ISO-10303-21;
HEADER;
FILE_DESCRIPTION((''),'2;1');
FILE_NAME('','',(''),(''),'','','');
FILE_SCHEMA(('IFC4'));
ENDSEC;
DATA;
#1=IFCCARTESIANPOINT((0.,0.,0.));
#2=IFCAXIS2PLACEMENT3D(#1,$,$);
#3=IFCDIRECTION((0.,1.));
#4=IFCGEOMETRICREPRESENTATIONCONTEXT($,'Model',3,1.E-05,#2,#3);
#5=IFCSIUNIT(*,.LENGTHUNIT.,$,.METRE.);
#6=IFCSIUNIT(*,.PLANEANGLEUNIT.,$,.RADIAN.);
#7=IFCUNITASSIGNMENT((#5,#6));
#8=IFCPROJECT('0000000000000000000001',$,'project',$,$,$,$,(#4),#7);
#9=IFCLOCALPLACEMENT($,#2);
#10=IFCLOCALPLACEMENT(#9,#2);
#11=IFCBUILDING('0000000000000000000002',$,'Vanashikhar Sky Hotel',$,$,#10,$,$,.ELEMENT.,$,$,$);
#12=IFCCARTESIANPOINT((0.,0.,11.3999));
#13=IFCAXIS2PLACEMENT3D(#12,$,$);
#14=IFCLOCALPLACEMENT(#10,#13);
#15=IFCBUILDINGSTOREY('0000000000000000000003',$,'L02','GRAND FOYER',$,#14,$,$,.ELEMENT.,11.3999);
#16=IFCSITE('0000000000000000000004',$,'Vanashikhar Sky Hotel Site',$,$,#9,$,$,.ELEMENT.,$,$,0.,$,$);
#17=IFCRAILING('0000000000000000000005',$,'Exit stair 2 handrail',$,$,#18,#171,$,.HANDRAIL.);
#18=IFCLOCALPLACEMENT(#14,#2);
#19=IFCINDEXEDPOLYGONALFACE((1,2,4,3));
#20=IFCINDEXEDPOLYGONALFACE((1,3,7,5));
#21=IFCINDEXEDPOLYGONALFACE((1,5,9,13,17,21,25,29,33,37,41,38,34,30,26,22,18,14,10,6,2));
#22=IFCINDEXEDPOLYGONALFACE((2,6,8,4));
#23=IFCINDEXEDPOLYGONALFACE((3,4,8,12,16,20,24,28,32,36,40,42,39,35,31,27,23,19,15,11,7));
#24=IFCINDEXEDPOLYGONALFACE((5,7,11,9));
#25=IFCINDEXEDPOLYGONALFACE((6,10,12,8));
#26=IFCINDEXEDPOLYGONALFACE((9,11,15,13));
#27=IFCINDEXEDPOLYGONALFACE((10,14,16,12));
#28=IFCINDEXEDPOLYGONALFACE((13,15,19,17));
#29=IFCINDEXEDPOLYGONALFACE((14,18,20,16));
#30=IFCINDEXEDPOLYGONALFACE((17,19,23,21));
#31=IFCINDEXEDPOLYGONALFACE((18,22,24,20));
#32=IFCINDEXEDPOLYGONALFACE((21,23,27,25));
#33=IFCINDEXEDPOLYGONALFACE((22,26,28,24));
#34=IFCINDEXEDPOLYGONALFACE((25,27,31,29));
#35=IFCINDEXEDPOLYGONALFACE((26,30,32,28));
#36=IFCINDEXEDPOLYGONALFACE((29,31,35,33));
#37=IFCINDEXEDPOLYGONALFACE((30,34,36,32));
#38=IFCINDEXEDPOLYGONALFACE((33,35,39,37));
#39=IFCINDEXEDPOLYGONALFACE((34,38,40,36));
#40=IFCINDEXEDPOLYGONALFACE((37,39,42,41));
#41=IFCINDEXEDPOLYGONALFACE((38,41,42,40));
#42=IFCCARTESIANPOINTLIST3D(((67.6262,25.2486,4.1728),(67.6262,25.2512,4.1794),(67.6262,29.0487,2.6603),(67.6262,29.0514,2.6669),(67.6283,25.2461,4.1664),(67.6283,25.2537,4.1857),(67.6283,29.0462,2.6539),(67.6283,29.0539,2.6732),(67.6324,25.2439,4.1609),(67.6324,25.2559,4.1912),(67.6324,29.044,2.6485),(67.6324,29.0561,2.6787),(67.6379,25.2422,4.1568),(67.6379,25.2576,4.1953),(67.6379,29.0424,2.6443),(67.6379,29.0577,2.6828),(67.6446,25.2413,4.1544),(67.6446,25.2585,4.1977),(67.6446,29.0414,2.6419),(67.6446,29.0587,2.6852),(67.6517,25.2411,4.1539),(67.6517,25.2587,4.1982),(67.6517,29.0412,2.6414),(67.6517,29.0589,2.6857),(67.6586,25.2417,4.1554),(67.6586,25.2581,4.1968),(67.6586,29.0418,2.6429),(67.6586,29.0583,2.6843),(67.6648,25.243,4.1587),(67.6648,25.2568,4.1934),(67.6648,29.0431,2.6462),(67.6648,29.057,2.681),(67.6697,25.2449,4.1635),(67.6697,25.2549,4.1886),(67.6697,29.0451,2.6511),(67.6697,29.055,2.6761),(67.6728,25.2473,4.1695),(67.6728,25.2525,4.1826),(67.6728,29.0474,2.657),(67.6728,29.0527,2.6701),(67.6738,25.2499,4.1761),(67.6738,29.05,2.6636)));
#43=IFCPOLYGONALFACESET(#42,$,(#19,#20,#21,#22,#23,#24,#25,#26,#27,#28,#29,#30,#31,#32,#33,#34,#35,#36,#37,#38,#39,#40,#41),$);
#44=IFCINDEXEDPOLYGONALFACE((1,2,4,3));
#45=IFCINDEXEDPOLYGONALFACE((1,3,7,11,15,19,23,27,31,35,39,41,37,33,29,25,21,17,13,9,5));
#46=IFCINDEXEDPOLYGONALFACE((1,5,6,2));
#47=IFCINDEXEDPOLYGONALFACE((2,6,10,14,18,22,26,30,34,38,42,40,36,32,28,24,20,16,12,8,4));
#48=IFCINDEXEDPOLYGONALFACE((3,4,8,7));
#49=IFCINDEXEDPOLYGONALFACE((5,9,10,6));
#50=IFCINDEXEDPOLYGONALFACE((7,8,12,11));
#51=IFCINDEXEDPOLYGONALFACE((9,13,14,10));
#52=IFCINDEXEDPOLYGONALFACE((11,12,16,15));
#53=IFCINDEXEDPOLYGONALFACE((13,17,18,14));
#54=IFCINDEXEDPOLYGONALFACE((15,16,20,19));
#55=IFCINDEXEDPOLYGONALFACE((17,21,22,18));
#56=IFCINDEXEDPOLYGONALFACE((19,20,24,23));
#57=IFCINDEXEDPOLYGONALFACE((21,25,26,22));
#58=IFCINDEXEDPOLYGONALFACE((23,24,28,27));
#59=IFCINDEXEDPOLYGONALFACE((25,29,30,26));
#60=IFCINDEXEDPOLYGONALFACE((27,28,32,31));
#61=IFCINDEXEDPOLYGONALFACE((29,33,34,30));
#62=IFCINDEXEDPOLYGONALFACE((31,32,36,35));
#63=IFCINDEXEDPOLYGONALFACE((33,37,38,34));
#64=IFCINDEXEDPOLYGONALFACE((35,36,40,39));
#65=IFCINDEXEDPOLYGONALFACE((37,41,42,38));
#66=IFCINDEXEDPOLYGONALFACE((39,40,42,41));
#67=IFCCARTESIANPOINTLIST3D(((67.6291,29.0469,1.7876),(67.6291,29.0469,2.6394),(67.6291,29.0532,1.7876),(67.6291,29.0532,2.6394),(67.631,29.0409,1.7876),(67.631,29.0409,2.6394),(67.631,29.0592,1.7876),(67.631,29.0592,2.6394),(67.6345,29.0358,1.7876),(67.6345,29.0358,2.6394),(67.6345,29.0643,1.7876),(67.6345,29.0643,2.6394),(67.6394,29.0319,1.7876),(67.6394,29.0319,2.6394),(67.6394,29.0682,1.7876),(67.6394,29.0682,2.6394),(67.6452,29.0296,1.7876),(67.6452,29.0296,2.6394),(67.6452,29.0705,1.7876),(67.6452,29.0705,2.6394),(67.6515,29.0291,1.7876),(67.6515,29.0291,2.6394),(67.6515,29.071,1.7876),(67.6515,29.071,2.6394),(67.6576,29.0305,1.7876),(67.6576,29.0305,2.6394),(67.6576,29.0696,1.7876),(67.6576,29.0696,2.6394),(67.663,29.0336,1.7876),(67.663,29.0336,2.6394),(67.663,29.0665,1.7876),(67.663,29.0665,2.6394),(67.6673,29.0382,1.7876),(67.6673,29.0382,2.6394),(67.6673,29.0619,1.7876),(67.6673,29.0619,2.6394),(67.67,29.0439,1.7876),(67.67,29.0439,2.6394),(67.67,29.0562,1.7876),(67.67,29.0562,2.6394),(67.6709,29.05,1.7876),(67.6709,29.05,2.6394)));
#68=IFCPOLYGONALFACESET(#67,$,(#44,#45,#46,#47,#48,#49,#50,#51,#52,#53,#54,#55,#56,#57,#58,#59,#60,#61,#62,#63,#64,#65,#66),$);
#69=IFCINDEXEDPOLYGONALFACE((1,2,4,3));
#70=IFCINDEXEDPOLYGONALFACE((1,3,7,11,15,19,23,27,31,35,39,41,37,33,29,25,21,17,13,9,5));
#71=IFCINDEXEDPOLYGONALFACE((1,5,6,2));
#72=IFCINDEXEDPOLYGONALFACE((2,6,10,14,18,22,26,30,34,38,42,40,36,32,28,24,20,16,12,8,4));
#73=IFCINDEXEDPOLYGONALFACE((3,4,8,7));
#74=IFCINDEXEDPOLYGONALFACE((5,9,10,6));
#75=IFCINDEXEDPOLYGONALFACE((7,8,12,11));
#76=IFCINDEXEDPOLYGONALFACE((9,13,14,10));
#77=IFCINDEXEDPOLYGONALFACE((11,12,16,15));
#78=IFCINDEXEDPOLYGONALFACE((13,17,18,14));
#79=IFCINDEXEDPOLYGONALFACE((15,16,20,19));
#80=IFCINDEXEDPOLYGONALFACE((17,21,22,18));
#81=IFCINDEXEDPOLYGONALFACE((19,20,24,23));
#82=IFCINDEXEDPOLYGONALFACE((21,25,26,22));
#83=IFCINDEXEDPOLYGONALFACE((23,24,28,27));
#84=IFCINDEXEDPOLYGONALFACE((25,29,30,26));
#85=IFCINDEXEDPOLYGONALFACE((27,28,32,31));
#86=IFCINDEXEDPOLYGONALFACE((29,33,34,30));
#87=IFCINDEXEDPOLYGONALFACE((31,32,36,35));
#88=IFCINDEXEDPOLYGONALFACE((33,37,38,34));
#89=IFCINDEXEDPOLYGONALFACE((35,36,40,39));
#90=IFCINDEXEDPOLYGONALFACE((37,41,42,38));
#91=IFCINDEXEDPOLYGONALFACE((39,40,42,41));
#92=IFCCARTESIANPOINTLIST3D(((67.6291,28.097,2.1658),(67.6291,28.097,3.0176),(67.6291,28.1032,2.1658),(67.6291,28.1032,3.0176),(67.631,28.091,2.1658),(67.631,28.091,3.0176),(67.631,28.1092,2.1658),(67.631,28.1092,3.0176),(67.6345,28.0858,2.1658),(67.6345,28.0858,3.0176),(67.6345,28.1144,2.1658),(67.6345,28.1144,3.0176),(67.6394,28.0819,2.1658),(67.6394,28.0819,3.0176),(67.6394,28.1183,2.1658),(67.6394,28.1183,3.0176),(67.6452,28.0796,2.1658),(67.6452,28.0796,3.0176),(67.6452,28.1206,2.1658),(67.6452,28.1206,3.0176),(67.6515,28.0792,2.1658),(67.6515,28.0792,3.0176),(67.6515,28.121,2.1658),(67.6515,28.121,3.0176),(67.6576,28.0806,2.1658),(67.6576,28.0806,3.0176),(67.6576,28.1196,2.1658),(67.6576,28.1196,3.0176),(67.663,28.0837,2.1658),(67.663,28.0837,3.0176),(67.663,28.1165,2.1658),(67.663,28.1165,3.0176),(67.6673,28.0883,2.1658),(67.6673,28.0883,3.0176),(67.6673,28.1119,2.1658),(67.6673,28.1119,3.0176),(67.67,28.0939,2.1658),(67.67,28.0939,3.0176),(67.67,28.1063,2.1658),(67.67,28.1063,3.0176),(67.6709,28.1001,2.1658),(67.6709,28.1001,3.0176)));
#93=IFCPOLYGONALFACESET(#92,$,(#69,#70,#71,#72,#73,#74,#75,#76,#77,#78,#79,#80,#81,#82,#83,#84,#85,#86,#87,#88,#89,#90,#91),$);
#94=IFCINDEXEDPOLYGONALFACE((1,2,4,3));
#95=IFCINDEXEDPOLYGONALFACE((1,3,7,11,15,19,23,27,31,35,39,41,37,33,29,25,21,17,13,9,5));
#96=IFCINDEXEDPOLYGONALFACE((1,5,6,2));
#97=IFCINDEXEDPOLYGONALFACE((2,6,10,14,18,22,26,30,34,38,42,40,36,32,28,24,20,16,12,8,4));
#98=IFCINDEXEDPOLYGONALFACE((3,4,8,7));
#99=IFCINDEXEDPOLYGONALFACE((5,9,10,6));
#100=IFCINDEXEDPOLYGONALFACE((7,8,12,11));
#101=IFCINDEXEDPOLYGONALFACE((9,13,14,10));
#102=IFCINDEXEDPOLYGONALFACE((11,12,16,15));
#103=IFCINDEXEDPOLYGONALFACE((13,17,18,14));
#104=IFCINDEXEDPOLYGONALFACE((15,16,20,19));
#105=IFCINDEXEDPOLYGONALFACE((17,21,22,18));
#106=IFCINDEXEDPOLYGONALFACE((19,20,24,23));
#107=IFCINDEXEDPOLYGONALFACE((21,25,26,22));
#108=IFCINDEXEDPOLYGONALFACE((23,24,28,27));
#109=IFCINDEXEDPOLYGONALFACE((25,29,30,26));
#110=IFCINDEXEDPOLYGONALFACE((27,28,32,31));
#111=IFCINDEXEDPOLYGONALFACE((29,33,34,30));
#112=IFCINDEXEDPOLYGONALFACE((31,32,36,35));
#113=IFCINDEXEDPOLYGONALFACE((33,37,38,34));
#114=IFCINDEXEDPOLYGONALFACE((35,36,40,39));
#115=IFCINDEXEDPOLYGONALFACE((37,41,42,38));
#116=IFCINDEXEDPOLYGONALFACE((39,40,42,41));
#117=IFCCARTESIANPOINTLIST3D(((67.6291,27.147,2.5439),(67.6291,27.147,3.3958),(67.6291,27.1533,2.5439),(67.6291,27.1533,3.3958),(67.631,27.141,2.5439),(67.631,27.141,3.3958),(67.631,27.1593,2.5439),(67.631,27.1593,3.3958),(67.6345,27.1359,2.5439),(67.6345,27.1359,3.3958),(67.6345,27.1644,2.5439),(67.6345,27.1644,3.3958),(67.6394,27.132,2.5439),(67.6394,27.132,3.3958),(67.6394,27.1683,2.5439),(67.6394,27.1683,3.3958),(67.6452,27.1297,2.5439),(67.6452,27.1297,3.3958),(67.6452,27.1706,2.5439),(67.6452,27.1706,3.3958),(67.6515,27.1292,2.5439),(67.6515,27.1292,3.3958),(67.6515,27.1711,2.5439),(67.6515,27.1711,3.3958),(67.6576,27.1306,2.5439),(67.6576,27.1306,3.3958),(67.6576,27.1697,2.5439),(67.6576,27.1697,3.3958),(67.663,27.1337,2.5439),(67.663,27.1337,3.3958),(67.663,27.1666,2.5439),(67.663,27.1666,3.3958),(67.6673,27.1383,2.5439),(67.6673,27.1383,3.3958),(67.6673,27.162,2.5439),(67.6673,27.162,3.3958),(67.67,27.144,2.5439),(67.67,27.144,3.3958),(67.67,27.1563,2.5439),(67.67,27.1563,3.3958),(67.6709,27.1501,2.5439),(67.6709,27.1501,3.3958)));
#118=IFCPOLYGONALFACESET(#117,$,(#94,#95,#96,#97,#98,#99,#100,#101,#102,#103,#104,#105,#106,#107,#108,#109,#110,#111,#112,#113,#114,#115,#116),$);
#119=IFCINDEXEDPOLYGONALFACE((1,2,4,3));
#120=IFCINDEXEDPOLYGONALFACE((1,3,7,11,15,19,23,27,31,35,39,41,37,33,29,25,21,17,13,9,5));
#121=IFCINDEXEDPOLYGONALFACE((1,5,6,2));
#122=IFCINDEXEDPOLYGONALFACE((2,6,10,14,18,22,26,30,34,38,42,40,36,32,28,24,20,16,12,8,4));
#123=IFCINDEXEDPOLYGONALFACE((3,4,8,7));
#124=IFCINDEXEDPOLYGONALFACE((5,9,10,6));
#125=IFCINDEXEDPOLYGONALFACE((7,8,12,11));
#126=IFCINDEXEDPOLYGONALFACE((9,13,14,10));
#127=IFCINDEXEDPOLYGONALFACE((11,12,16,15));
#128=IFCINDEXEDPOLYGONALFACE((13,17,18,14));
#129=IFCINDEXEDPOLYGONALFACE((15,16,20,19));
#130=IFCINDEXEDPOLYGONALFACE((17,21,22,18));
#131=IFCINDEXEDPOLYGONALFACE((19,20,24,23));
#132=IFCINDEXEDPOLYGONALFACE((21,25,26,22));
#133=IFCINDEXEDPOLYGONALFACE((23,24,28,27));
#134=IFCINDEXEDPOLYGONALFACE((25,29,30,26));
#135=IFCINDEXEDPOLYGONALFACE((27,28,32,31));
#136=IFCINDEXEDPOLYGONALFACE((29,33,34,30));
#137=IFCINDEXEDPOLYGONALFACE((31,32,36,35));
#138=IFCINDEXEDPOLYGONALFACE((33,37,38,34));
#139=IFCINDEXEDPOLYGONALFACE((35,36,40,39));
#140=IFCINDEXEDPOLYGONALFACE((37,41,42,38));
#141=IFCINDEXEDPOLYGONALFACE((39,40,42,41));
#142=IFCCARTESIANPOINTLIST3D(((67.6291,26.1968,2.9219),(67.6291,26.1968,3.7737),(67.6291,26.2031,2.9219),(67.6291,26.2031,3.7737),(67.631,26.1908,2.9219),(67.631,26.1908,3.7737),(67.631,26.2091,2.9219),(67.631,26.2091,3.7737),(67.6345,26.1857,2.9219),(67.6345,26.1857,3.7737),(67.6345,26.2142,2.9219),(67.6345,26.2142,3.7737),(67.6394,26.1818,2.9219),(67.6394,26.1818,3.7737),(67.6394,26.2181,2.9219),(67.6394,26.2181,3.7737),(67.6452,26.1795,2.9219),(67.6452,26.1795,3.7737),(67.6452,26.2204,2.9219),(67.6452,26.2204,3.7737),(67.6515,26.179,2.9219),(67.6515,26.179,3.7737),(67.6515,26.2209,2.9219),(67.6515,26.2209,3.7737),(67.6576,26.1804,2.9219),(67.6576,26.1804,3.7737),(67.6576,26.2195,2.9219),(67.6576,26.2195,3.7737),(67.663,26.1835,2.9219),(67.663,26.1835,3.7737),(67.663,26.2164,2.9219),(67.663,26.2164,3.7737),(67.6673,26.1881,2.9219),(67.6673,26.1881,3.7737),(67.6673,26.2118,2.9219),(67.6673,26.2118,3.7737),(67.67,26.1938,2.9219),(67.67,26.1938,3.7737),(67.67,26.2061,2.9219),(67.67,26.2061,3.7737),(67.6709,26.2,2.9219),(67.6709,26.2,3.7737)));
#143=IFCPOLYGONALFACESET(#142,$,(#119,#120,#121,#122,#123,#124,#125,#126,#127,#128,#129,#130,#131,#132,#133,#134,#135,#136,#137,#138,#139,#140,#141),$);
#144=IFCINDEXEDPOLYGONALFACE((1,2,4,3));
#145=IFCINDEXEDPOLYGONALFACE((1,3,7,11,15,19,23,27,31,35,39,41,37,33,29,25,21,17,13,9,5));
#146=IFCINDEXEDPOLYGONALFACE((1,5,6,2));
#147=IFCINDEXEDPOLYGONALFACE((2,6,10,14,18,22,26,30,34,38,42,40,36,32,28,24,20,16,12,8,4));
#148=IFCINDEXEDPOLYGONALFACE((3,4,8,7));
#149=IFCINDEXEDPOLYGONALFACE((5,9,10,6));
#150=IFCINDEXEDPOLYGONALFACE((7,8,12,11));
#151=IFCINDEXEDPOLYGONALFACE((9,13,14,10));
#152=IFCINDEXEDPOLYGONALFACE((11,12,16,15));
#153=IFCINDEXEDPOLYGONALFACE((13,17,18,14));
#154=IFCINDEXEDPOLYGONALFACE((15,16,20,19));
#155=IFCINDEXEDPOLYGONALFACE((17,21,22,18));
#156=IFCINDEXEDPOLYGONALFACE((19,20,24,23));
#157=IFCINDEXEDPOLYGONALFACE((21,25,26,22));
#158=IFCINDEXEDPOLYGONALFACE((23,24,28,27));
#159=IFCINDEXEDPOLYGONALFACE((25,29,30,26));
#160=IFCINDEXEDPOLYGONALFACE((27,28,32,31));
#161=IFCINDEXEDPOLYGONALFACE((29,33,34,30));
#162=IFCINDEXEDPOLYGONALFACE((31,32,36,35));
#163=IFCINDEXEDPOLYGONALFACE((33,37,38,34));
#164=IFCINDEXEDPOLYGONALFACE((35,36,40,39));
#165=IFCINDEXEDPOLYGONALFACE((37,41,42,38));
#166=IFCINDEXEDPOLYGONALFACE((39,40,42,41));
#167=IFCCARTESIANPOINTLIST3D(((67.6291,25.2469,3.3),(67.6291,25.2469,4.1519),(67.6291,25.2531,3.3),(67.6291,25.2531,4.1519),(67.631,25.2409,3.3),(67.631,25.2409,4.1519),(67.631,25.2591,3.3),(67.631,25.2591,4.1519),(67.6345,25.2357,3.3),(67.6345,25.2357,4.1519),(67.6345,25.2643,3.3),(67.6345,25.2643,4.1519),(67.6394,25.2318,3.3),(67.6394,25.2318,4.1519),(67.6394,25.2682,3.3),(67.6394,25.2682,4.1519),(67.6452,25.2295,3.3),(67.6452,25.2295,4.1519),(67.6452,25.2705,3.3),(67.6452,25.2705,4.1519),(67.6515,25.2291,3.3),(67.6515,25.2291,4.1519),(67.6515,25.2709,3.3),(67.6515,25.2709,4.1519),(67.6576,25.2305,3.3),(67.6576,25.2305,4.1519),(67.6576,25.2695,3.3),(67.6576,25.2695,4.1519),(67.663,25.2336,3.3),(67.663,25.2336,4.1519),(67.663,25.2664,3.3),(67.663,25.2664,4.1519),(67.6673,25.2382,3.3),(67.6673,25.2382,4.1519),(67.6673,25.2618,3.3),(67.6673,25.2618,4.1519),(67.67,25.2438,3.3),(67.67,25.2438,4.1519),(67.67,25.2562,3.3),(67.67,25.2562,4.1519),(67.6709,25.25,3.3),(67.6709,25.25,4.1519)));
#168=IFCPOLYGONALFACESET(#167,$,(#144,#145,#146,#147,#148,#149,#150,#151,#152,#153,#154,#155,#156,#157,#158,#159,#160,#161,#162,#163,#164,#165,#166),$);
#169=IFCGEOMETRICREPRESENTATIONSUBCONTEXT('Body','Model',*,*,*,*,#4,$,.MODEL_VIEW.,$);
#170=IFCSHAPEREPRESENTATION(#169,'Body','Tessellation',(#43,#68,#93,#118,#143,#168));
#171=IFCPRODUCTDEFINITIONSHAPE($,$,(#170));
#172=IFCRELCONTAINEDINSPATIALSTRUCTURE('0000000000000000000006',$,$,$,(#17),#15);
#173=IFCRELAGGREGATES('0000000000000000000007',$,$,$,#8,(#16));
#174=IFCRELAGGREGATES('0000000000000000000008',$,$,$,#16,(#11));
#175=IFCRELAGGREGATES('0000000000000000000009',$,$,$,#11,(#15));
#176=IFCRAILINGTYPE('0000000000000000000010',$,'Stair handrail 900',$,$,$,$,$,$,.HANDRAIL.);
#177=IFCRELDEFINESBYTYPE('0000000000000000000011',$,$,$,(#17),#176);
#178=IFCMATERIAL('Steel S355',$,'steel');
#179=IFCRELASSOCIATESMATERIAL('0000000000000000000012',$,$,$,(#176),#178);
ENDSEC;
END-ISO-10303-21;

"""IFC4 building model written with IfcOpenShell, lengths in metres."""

from ifc_helpers import new_model, si_unit, direction, frame, origin, origin_2d, place, context, subcontext, project, spatial, circle, extrude, source, transform, mapped, material, type_object, element, save


model = new_model("IFC4")

# Units and contexts
model_context = context("Model", 3, precision=1e-05, world=origin(), true_north=direction((0.0, 1.0)))
body_context = subcontext(model_context, "Body", "Model", "MODEL_VIEW")
ifc_project = project(units=[si_unit("LENGTHUNIT", "METRE"), si_unit("PLANEANGLEUNIT", "RADIAN")], contexts=[model_context])

# Site, building, storey
site_placement = place(None, origin())
site = spatial("IfcSite", under=ifc_project, at=site_placement, Name="Vanashikhar Sky Hotel Site", CompositionType="ELEMENT", RefElevation=0.0)
building_placement = place(site_placement, origin())
building = spatial("IfcBuilding", under=site, at=building_placement, Name="Vanashikhar Sky Hotel", CompositionType="ELEMENT")
storey_placement = place(building_placement, frame((0.0, 0.0, 11.3999)))
storey = spatial("IfcBuildingStorey", under=building, at=storey_placement, Name="L02", Description="GRAND FOYER", CompositionType="ELEMENT", Elevation=11.3999)

# Railing
ifc_material_1 = material(Name="Steel S355", Category="steel")
railing_type_1 = type_object("IfcRailingType", Name="Stair handrail 900", PredefinedType="HANDRAIL", material=ifc_material_1)
shared_shape_1 = source(origin(), body_context, "Body", "SweptSolid", [
    extrude(circle(Radius=0.0239, at=origin_2d()), frame((0.0, 0.0, 0.876), z_axis=(0.0, -0.929113, 0.369795), x_axis=(1.0, 0.0, 0.0)), (0.0, 0.0, 1.0), 4.0901),
    extrude(circle(Radius=0.021, at=origin_2d()), origin(), (0.0, 0.0, 1.0), 0.8518),
    extrude(circle(Radius=0.021, at=origin_2d()), frame((0.0, -0.95, 0.3782)), (0.0, 0.0, 1.0), 0.8518),
    extrude(circle(Radius=0.021, at=origin_2d()), frame((0.0, -1.8999, 0.7563)), (0.0, 0.0, 1.0), 0.8518),
    extrude(circle(Radius=0.021, at=origin_2d()), frame((0.0, -2.8501, 1.1343)), (0.0, 0.0, 1.0), 0.8518),
    extrude(circle(Radius=0.021, at=origin_2d()), frame((0.0, -3.8, 1.5125)), (0.0, 0.0, 1.0), 0.8518),
])
for number, where, name in (
    (1, (67.6499, 29.05, 1.7876), "Exit stair 2 handrail"),
):
    element("IfcRailing", number, at=place(storey_placement, frame(where)), inside=storey, type_object=railing_type_1, Name=name, PredefinedType="HANDRAIL", context=body_context, shape_type="MappedRepresentation", body=[
        mapped(shared_shape_1, transform((0.0, 0.0, 0.0), scale=1.0)),
    ])

save(model, "model.ifc")
